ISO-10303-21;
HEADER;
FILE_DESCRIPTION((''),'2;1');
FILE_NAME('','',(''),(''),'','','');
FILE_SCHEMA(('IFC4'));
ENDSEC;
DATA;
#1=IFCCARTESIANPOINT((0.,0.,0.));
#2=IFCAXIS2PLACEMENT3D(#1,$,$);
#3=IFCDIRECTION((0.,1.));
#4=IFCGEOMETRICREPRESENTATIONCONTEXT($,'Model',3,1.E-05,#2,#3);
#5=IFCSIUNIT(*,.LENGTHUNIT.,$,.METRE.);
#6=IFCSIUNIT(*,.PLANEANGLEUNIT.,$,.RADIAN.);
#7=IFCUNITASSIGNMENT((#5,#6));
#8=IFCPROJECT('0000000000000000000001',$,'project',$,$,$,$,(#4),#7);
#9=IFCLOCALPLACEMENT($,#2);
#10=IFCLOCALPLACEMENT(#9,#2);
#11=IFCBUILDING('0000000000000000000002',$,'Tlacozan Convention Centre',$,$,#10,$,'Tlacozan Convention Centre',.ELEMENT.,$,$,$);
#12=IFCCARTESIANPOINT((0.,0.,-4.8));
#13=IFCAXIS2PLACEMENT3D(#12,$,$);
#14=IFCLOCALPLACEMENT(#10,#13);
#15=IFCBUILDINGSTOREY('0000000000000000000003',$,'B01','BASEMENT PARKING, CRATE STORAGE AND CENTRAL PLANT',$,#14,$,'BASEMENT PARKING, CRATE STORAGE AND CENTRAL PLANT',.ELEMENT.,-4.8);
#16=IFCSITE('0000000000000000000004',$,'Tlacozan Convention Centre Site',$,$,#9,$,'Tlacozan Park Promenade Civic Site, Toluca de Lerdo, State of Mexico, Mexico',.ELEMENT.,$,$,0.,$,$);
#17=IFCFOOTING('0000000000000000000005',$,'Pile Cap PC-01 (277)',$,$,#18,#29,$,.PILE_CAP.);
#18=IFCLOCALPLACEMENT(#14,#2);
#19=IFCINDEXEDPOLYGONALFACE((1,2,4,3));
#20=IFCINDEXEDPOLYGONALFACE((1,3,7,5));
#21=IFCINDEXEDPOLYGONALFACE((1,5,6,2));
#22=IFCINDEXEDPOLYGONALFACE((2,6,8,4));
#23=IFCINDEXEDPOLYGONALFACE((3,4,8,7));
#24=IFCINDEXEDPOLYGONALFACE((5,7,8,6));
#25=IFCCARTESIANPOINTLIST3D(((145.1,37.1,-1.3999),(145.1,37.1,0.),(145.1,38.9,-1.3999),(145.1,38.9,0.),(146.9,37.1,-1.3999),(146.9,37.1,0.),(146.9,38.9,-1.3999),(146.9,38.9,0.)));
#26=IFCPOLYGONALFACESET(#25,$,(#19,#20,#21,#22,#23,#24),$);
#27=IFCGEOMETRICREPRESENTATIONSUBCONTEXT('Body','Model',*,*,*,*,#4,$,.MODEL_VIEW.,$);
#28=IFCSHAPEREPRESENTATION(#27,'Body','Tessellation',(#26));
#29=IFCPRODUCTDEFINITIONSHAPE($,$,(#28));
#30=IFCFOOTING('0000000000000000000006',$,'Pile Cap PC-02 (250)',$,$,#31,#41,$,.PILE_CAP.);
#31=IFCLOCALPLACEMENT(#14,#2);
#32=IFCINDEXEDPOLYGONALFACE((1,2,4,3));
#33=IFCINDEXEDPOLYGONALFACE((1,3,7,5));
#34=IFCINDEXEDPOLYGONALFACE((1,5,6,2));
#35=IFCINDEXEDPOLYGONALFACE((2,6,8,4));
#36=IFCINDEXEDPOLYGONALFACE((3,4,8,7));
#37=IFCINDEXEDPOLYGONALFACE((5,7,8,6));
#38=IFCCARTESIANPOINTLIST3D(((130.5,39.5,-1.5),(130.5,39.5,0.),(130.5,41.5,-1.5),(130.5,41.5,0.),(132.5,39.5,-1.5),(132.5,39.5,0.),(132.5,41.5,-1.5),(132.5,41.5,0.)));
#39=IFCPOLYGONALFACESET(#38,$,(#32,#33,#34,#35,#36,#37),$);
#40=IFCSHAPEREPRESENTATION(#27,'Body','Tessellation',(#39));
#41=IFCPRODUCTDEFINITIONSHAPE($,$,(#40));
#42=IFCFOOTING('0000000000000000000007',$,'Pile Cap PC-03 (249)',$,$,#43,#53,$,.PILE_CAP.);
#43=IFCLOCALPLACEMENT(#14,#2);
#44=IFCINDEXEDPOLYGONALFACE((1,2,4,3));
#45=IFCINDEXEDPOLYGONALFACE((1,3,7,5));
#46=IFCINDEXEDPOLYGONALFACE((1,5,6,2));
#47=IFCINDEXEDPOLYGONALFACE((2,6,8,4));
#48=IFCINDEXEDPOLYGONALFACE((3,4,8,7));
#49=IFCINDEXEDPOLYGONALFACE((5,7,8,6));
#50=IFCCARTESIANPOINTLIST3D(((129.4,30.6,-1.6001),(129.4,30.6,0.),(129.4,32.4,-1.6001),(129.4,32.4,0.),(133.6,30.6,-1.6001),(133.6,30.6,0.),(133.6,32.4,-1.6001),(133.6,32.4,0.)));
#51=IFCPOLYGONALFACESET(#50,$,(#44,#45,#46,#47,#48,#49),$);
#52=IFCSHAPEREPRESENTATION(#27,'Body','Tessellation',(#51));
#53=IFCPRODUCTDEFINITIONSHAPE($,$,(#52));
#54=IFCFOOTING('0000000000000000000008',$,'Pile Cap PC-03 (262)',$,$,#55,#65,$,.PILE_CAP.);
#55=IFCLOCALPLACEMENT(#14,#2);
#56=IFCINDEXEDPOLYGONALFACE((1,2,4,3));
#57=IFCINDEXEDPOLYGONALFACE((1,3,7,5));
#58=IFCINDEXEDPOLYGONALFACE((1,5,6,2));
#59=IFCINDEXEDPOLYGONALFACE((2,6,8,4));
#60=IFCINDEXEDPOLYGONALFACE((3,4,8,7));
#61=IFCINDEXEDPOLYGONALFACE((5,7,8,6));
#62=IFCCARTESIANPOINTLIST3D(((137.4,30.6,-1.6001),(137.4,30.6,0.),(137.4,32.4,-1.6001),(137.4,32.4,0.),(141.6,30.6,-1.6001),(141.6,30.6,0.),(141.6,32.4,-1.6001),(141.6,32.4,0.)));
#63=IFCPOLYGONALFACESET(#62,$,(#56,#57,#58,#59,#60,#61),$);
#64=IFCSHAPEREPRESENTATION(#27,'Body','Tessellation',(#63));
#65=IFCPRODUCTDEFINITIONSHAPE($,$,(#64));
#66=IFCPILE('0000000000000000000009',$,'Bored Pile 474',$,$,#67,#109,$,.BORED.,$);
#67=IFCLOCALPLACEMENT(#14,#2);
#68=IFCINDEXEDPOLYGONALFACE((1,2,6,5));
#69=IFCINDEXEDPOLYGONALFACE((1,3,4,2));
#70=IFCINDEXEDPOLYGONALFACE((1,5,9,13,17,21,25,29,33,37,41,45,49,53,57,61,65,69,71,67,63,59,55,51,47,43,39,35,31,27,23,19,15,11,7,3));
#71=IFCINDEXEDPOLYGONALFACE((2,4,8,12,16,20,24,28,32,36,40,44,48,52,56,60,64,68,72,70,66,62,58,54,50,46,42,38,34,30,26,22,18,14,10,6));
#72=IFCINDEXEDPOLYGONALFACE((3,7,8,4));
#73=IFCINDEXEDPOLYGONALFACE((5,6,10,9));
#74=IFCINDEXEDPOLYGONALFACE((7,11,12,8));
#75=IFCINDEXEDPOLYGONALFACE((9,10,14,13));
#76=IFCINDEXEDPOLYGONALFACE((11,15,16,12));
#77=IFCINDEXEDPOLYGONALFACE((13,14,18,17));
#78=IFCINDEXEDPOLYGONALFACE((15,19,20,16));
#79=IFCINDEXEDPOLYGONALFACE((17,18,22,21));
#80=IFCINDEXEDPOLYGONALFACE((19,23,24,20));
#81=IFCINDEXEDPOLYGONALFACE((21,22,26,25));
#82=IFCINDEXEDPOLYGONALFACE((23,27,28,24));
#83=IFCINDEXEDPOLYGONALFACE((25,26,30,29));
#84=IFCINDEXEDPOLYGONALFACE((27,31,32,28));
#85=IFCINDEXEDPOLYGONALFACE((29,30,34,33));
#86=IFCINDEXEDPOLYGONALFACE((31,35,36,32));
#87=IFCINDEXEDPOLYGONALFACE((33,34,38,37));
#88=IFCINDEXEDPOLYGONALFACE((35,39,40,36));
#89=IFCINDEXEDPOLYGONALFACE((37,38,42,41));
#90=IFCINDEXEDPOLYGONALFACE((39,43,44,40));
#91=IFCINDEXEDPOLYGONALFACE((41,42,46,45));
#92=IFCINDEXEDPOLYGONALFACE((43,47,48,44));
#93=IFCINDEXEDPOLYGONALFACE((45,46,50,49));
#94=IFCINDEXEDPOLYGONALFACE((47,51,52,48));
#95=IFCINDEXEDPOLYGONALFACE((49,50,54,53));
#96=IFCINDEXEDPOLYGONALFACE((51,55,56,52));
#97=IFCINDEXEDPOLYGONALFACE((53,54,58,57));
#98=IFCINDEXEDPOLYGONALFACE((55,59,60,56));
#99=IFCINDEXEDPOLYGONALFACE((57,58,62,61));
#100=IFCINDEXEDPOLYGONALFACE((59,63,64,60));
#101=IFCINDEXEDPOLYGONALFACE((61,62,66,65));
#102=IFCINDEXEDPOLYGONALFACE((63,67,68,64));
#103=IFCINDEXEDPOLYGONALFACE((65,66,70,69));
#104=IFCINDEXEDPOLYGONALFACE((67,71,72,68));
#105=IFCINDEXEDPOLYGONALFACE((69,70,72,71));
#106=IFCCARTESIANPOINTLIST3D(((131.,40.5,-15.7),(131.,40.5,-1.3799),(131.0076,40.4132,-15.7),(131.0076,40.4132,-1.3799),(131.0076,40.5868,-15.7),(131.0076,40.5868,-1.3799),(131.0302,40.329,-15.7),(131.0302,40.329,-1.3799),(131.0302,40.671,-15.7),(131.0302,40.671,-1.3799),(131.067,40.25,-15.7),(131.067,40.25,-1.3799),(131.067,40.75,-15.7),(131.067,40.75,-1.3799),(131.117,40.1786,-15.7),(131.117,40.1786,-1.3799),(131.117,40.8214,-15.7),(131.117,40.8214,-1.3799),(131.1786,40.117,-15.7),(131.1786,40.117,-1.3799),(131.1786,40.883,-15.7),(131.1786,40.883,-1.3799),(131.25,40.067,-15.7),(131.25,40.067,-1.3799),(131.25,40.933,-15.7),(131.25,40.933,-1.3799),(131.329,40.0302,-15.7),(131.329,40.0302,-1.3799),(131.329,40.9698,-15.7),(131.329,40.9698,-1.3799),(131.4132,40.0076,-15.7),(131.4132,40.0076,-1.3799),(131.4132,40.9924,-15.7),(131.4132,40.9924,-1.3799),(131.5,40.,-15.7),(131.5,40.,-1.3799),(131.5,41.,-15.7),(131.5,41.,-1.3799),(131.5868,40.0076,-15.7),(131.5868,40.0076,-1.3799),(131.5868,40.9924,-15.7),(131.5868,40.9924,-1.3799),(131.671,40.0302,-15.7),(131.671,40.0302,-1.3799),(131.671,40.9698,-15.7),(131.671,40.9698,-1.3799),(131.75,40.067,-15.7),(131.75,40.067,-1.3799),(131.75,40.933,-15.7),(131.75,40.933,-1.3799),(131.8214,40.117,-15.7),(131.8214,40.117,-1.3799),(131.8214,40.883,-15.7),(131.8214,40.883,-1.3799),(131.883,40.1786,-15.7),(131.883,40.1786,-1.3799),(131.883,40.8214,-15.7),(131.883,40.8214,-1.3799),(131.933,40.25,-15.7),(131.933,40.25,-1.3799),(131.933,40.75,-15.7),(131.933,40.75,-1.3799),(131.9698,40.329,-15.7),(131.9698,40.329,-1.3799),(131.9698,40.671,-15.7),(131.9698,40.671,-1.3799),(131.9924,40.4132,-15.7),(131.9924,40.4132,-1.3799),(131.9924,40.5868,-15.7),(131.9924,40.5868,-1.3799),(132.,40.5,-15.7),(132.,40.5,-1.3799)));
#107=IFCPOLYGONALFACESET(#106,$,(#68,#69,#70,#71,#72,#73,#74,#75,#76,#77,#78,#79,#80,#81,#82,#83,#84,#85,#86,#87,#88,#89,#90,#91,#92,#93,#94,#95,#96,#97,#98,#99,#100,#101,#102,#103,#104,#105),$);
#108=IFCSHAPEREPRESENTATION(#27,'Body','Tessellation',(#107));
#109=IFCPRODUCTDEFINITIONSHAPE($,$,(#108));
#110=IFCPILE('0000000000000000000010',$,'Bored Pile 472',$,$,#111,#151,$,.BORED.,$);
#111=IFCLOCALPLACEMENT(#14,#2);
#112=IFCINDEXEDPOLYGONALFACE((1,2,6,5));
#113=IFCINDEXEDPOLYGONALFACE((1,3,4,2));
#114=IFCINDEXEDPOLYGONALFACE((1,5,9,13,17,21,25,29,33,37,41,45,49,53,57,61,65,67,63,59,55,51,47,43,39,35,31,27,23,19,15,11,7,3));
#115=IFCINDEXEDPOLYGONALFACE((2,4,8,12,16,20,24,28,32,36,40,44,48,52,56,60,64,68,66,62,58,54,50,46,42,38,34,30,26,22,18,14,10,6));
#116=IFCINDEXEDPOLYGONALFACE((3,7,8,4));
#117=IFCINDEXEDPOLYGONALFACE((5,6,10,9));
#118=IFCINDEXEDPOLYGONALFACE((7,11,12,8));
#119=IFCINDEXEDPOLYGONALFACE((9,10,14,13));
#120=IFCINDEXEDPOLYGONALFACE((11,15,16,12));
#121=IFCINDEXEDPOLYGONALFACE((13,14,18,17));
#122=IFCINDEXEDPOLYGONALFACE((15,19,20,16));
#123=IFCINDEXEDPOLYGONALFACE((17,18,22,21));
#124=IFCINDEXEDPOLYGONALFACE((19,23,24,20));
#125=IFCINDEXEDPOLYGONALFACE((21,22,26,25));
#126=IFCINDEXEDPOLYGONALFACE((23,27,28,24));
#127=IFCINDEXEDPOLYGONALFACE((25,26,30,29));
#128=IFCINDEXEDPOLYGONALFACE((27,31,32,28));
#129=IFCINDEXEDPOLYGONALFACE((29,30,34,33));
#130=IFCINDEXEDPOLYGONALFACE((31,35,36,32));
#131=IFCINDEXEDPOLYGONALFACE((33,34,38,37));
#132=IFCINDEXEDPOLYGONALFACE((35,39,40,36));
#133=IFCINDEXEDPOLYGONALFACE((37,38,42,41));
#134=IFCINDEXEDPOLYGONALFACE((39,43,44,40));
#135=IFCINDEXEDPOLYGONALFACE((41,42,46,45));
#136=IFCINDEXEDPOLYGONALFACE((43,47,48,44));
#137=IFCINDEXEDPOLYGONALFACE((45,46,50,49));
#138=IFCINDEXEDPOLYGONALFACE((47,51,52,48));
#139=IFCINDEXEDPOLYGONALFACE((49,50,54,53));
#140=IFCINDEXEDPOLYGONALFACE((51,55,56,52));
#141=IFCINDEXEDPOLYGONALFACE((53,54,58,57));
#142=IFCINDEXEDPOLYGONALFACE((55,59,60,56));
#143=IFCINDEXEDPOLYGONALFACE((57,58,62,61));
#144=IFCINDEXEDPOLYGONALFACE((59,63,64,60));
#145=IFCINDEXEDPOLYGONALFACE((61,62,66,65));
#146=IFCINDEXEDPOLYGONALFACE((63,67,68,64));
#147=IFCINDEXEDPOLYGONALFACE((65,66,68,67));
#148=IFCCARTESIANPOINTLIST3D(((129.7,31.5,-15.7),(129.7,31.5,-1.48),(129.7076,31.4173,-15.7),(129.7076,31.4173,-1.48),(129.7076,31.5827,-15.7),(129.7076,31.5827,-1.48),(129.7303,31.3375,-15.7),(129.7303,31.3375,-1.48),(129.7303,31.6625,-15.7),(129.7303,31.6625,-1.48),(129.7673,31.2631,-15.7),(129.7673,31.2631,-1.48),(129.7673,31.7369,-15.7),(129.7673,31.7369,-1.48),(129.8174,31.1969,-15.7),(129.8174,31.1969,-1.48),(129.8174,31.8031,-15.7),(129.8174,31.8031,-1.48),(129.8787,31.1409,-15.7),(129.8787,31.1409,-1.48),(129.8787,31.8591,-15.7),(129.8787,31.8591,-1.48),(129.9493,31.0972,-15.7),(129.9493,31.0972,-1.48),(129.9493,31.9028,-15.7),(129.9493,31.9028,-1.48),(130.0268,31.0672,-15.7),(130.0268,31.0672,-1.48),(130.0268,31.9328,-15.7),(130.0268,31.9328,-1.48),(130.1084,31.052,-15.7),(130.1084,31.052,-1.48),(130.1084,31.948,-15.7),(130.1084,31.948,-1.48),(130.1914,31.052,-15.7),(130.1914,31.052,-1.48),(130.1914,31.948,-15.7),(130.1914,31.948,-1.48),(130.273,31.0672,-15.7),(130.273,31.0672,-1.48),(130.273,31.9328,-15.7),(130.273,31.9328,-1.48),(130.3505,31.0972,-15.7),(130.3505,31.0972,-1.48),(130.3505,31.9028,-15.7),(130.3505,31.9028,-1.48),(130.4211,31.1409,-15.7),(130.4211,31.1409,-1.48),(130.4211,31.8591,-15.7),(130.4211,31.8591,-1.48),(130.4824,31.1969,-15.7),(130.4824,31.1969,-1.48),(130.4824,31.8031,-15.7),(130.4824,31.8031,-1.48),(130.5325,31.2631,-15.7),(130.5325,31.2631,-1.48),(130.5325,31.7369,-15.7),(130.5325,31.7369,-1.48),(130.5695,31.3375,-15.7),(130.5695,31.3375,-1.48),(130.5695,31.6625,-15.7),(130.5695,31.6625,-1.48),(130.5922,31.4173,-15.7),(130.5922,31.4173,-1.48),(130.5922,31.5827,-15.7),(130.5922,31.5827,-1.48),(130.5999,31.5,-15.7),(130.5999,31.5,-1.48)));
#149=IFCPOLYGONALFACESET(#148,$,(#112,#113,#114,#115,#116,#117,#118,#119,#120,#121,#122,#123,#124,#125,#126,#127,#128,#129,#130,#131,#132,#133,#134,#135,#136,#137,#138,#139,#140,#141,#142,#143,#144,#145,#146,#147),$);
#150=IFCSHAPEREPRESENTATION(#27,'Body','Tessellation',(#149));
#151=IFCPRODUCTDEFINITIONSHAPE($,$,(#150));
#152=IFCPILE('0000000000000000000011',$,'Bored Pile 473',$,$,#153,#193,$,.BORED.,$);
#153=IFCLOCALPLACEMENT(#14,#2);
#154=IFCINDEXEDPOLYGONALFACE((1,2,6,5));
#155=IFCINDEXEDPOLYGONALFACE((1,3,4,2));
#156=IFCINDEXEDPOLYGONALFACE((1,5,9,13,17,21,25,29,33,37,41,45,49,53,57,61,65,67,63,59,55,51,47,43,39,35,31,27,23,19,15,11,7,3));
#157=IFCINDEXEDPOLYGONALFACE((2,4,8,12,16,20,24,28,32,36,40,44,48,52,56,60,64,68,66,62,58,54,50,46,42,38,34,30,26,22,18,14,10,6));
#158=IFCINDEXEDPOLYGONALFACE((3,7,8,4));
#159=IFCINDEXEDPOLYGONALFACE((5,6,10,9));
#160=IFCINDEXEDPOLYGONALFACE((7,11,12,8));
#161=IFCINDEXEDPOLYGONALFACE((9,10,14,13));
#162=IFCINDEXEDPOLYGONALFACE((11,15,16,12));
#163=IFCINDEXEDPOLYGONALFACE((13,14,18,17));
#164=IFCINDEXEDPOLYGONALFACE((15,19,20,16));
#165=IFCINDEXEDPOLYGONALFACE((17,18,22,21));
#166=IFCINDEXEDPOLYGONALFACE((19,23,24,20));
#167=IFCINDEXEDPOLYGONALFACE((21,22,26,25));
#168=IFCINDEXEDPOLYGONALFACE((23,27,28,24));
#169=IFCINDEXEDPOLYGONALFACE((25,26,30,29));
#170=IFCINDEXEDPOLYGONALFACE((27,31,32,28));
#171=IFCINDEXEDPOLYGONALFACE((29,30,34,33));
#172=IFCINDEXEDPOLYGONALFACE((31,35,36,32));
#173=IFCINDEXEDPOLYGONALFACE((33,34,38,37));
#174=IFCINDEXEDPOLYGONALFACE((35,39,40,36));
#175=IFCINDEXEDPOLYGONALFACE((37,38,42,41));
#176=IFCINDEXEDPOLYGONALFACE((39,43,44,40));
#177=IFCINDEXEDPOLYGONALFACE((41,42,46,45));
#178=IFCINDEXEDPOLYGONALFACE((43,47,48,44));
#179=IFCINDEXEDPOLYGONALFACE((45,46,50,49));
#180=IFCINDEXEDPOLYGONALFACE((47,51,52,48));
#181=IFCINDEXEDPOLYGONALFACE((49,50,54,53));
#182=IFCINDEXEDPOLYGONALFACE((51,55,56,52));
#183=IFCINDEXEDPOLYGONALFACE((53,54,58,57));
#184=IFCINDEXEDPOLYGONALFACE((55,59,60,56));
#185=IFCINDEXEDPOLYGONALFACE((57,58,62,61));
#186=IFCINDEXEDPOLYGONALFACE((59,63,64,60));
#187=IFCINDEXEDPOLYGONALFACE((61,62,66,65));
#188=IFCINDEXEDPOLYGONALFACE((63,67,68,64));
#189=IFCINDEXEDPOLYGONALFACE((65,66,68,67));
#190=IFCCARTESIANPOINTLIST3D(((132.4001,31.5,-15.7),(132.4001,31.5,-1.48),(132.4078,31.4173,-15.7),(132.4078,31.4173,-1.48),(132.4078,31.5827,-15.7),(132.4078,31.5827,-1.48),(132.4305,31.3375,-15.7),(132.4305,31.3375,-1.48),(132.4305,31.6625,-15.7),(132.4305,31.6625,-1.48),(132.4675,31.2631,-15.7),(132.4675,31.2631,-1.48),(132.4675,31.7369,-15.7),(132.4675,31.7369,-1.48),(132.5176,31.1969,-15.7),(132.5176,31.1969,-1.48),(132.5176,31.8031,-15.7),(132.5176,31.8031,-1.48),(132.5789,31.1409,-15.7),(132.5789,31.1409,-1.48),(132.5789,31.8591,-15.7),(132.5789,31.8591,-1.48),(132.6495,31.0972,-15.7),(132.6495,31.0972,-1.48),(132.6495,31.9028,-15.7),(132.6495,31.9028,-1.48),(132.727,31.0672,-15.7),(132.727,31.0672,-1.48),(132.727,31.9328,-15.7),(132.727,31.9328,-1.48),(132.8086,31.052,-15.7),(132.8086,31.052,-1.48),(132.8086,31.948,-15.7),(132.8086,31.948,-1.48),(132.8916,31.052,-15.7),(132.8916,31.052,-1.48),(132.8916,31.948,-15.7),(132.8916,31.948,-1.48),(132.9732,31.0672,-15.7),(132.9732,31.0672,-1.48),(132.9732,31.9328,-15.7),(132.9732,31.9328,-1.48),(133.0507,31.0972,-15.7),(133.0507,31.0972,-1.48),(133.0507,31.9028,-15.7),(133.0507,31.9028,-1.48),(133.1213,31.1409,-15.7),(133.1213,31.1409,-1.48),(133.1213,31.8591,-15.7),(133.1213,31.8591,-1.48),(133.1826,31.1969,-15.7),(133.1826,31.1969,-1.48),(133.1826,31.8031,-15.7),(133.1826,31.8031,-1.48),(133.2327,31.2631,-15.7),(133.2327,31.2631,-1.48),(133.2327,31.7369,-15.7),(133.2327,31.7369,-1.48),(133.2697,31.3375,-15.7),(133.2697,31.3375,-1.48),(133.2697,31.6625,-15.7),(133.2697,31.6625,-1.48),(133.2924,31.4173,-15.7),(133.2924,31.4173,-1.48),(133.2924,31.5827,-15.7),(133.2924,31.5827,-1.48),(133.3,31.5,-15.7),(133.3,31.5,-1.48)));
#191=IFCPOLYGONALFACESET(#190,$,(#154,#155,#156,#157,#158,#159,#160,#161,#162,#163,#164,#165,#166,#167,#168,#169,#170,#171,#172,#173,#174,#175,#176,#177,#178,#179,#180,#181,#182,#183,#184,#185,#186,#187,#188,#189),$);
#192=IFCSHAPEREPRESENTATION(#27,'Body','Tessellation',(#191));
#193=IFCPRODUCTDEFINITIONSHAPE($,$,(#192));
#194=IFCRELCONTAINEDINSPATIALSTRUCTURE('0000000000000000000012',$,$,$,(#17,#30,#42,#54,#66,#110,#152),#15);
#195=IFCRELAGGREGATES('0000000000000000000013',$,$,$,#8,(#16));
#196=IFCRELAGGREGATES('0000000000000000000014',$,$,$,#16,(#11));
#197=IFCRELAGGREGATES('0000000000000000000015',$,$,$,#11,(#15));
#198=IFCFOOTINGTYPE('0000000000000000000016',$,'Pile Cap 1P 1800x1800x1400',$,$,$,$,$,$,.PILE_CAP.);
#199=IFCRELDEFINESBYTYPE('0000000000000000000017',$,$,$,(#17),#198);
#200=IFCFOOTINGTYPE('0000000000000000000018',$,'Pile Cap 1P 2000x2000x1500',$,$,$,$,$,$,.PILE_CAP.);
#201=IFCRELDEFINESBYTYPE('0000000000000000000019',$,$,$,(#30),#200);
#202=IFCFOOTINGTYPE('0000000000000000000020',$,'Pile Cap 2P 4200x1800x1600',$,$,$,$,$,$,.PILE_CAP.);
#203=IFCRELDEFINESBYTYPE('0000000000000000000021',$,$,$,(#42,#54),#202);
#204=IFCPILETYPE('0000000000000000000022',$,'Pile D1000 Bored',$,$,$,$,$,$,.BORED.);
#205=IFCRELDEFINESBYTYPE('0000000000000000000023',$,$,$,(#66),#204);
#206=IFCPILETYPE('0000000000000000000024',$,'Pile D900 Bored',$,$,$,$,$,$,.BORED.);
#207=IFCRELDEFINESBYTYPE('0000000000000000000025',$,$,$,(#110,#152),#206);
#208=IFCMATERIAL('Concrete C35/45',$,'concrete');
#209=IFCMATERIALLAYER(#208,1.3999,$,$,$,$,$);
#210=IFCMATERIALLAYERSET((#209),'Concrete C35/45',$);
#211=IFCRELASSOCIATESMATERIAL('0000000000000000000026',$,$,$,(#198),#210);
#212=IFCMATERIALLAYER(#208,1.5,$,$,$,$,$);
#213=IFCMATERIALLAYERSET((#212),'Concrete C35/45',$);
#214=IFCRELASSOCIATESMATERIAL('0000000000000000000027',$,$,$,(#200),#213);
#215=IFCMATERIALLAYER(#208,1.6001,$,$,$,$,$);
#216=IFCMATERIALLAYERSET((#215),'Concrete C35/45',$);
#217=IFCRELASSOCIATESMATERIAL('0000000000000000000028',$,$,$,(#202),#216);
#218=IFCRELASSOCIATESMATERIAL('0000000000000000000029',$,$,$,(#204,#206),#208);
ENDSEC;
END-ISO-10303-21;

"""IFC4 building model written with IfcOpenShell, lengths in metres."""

from ifc_helpers import new_model, si_unit, direction, frame, origin, origin_2d, place, context, subcontext, project, spatial, rectangle, circle, extrude, material, layer, layer_set, material_profile, profile_set, type_object, element, save


model = new_model("IFC4")

# Units and contexts
model_context = context("Model", 3, precision=1e-05, world=origin(), true_north=direction((0.0, 1.0)))
body_context = subcontext(model_context, "Body", "Model", "MODEL_VIEW")
ifc_project = project(units=[si_unit("LENGTHUNIT", "METRE"), si_unit("PLANEANGLEUNIT", "RADIAN")], contexts=[model_context])

# Site, building, storey
site_placement = place(None, origin())
site = spatial("IfcSite", under=ifc_project, at=site_placement, Name="Tlacozan Convention Centre Site", LongName="Tlacozan Park Promenade Civic Site, Toluca de Lerdo, State of Mexico, Mexico", CompositionType="ELEMENT", RefElevation=0.0)
building_placement = place(site_placement, origin())
building = spatial("IfcBuilding", under=site, at=building_placement, Name="Tlacozan Convention Centre", LongName="Tlacozan Convention Centre", CompositionType="ELEMENT")
storey_placement = place(building_placement, frame((0.0, 0.0, -4.8)))
storey = spatial("IfcBuildingStorey", under=building, at=storey_placement, Name="B01", Description="BASEMENT PARKING, CRATE STORAGE AND CENTRAL PLANT", LongName="BASEMENT PARKING, CRATE STORAGE AND CENTRAL PLANT", CompositionType="ELEMENT", Elevation=-4.8)

# Footings
ifc_material_1 = material(Name="Concrete C35/45", Category="concrete")
ifc_layer_1 = layer(ifc_material_1, 1.3999)
ifc_layer_set_1 = layer_set([ifc_layer_1], Name="Concrete C35/45")
footing_type_1 = type_object("IfcFootingType", Name="Pile Cap 1P 1800x1800x1400", PredefinedType="PILE_CAP", material=ifc_layer_set_1)
footing_1_placement = place(storey_placement, frame((146.0, 38.0, -1.3999), z_axis=(0.0, 0.0, 1.0), x_axis=(1.0, 0.0, 0.0)))
element("IfcFooting", 1, at=footing_1_placement, inside=storey, type_object=footing_type_1, Name="Pile Cap PC-01 (277)", PredefinedType="PILE_CAP", context=body_context, shape_type="SweptSolid", body=[
    extrude(rectangle(XDim=1.8, YDim=1.8, at=origin_2d()), origin(), (0.0, 0.0, 1.0), 1.3999),
])
ifc_layer_2 = layer(ifc_material_1, 1.5)
ifc_layer_set_2 = layer_set([ifc_layer_2], Name="Concrete C35/45")
footing_type_2 = type_object("IfcFootingType", Name="Pile Cap 1P 2000x2000x1500", PredefinedType="PILE_CAP", material=ifc_layer_set_2)
footing_2_placement = place(storey_placement, frame((131.5, 40.5, -1.5), z_axis=(0.0, 0.0, 1.0), x_axis=(1.0, 0.0, 0.0)))
element("IfcFooting", 2, at=footing_2_placement, inside=storey, type_object=footing_type_2, Name="Pile Cap PC-02 (250)", PredefinedType="PILE_CAP", context=body_context, shape_type="SweptSolid", body=[
    extrude(rectangle(XDim=2.0, YDim=2.0, at=origin_2d()), origin(), (0.0, 0.0, 1.0), 1.5),
])
ifc_layer_3 = layer(ifc_material_1, 1.6001)
ifc_layer_set_3 = layer_set([ifc_layer_3], Name="Concrete C35/45")
footing_type_3 = type_object("IfcFootingType", Name="Pile Cap 2P 4200x1800x1600", PredefinedType="PILE_CAP", material=ifc_layer_set_3)
for number, where, z_axis, x_axis, name in (
    (3, (131.5, 31.5, -1.6001), (0.0, 0.0, 1.0), (1.0, 0.0, 0.0), "Pile Cap PC-03 (249)"),
    (4, (139.5, 31.5, -1.6001), (0.0, 0.0, 1.0), (1.0, 0.0, 0.0), "Pile Cap PC-03 (262)"),
):
    element("IfcFooting", number, at=place(storey_placement, frame(where, z_axis=z_axis, x_axis=x_axis)), inside=storey, type_object=footing_type_3, Name=name, PredefinedType="PILE_CAP", context=body_context, shape_type="SweptSolid", body=[
        extrude(rectangle(XDim=4.2, YDim=1.8, at=origin_2d()), origin(), (0.0, 0.0, 1.0), 1.6001),
    ])

# Piles
ifc_material_profile_1 = material_profile(ifc_material_1, circle(Radius=0.5, at=origin_2d()), Name="PILE D1000")
ifc_profile_set_1 = profile_set([ifc_material_profile_1], Name="Concrete C35/45")
pile_type_1 = type_object("IfcPileType", Name="Pile D1000 Bored", PredefinedType="BORED", material=ifc_profile_set_1)
pile_placement = place(storey_placement, frame((131.5, 40.5, -1.3799), z_axis=(0.0, 0.0, -1.0), x_axis=(1.0, 0.0, 0.0)))
element("IfcPile", 5, at=pile_placement, inside=storey, type_object=pile_type_1, Name="Bored Pile 474", PredefinedType="BORED", context=body_context, shape_type="SweptSolid", body=[
    extrude(circle(Radius=0.5, at=origin_2d()), origin(), (0.0, 0.0, 1.0), 14.3201),
])
ifc_material_profile_2 = material_profile(ifc_material_1, circle(Radius=0.45, at=origin_2d()), Name="PILE D900")
ifc_profile_set_2 = profile_set([ifc_material_profile_2], Name="Concrete C35/45")
pile_type_2 = type_object("IfcPileType", Name="Pile D900 Bored", PredefinedType="BORED", material=ifc_profile_set_2)
for number, where, z_axis, x_axis, name in (
    (6, (130.1499, 31.5, -1.48), (0.0, 0.0, -1.0), (1.0, 0.0, 0.0), "Bored Pile 472"),
    (7, (132.8501, 31.5, -1.48), (0.0, 0.0, -1.0), (1.0, 0.0, 0.0), "Bored Pile 473"),
):
    element("IfcPile", number, at=place(storey_placement, frame(where, z_axis=z_axis, x_axis=x_axis)), inside=storey, type_object=pile_type_2, Name=name, PredefinedType="BORED", context=body_context, shape_type="SweptSolid", body=[
        extrude(circle(Radius=0.45, at=origin_2d()), origin(), (0.0, 0.0, 1.0), 14.22),
    ])

save(model, "model.ifc")
